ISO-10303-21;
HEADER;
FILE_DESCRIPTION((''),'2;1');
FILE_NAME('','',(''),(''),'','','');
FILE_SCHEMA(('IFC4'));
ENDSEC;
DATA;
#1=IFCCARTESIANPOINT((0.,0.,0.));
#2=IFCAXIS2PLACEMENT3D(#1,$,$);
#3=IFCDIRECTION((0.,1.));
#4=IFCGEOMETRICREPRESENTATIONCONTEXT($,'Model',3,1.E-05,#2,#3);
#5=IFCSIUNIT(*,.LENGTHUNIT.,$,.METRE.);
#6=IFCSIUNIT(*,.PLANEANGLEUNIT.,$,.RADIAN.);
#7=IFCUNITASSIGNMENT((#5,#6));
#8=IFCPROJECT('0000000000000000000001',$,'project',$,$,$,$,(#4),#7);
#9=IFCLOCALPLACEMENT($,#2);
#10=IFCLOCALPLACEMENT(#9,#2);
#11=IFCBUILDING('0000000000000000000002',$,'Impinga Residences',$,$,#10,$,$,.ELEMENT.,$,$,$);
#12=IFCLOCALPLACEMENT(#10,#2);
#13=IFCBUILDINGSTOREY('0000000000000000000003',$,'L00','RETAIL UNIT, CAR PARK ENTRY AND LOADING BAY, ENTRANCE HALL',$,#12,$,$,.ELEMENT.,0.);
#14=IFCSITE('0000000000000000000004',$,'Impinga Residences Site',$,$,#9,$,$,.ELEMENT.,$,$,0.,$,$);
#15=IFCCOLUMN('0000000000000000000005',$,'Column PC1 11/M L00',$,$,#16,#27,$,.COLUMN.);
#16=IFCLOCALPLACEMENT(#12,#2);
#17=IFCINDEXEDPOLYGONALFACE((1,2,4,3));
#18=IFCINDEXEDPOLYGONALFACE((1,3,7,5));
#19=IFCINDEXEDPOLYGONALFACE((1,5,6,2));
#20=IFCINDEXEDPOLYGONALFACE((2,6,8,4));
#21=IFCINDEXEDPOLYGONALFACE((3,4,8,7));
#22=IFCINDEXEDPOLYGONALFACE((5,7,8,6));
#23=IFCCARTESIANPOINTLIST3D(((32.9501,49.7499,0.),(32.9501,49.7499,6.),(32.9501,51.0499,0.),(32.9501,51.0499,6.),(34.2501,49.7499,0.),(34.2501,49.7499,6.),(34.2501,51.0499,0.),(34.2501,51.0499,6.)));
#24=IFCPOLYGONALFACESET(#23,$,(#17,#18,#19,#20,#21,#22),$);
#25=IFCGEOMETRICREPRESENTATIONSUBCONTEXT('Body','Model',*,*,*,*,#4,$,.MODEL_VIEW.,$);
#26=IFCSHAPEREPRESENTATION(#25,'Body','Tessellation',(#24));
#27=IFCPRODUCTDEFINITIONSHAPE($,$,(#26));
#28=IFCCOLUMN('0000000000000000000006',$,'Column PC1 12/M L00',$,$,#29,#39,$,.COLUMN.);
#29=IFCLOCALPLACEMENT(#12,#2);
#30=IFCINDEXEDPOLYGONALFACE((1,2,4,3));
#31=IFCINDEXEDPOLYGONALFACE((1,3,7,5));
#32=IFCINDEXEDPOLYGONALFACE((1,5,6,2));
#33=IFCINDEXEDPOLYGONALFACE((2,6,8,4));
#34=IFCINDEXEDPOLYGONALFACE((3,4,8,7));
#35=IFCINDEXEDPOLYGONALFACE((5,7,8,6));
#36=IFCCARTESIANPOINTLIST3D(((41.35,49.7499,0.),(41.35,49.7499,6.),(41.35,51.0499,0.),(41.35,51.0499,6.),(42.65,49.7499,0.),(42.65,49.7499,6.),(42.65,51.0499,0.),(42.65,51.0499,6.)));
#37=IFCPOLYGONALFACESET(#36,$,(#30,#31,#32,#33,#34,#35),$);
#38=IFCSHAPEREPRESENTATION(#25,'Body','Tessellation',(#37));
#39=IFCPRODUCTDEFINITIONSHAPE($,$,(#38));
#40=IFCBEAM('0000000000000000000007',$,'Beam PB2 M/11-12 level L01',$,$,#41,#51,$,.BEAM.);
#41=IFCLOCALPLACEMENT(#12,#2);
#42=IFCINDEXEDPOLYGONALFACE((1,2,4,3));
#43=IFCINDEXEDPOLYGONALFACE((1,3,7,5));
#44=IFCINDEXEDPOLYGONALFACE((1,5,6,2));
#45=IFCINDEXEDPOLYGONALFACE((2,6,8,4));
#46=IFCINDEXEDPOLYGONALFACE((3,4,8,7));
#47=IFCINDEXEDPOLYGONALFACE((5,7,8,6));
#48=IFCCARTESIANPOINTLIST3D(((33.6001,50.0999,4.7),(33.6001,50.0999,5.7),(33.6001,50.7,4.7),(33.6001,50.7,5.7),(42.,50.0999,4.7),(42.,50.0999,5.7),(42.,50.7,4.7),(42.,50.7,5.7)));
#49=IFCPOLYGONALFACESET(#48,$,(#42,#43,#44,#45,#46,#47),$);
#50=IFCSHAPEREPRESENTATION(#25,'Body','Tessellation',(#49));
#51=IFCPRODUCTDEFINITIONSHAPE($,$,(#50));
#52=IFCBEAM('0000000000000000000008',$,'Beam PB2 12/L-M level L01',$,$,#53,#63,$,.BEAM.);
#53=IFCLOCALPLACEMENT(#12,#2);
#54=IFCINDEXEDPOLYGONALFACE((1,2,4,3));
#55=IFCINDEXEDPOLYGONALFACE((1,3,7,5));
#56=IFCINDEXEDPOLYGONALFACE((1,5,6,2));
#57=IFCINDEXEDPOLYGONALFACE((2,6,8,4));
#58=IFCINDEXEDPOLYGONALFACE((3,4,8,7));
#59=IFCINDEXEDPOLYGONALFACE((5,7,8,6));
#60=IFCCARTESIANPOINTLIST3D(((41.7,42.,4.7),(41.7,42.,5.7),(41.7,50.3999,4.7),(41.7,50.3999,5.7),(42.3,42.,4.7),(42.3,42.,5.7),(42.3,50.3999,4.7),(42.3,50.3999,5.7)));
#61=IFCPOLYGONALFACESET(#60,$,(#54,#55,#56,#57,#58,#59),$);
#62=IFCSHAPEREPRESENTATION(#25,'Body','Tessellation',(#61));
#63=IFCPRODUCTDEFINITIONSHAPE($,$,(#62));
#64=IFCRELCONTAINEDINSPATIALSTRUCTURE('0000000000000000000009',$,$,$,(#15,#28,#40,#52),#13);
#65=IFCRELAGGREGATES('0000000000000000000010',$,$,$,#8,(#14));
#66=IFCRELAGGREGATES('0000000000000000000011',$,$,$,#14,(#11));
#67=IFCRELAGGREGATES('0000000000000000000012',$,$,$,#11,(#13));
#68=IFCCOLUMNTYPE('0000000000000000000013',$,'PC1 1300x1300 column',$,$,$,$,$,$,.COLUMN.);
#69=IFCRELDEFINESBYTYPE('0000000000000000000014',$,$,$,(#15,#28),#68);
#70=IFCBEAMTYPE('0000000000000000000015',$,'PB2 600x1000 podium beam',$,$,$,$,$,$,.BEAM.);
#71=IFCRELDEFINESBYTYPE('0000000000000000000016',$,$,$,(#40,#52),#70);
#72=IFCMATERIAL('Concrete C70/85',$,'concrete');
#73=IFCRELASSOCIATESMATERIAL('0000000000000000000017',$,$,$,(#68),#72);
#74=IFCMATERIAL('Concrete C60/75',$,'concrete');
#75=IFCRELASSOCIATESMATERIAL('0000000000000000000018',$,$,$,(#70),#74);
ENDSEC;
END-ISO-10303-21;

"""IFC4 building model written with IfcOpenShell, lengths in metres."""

from ifc_helpers import new_model, si_unit, direction, frame, origin, origin_2d, place, context, subcontext, project, spatial, rectangle, extrude, material, material_profile, profile_set, type_object, element, save


model = new_model("IFC4")

# Units and contexts
model_context = context("Model", 3, precision=1e-05, world=origin(), true_north=direction((0.0, 1.0)))
body_context = subcontext(model_context, "Body", "Model", "MODEL_VIEW")
ifc_project = project(units=[si_unit("LENGTHUNIT", "METRE"), si_unit("PLANEANGLEUNIT", "RADIAN")], contexts=[model_context])

# Site, building, storey
site_placement = place(None, origin())
site = spatial("IfcSite", under=ifc_project, at=site_placement, Name="Impinga Residences Site", CompositionType="ELEMENT", RefElevation=0.0)
building_placement = place(site_placement, origin())
building = spatial("IfcBuilding", under=site, at=building_placement, Name="Impinga Residences", CompositionType="ELEMENT")
storey_placement = place(building_placement, origin())
storey = spatial("IfcBuildingStorey", under=building, at=storey_placement, Name="L00", Description="RETAIL UNIT, CAR PARK ENTRY AND LOADING BAY, ENTRANCE HALL", CompositionType="ELEMENT", Elevation=0.0)

# Columns
ifc_material_1 = material(Name="Concrete C70/85", Category="concrete")
ifc_material_profile_1 = material_profile(ifc_material_1, rectangle(XDim=1.3, YDim=1.3, at=origin_2d()), Name="RC 1300x1300")
ifc_profile_set_1 = profile_set([ifc_material_profile_1], Name="Concrete C70/85")
column_type = type_object("IfcColumnType", Name="PC1 1300x1300 column", PredefinedType="COLUMN", material=ifc_profile_set_1)
for number, where, z_axis, x_axis, name in (
    (1, (33.6001, 50.3999, 0.0), (0.0, 0.0, 1.0), (1.0, 0.0, 0.0), "Column PC1 11/M L00"),
    (2, (42.0, 50.3999, 0.0), (0.0, 0.0, 1.0), (1.0, 0.0, 0.0), "Column PC1 12/M L00"),
):
    element("IfcColumn", number, at=place(storey_placement, frame(where, z_axis=z_axis, x_axis=x_axis)), inside=storey, type_object=column_type, Name=name, PredefinedType="COLUMN", context=body_context, shape_type="SweptSolid", body=[
        extrude(rectangle(XDim=1.3, YDim=1.3, at=origin_2d()), origin(), (0.0, 0.0, 1.0), 6.0),
    ])

# Beams
ifc_material_2 = material(Name="Concrete C60/75", Category="concrete")
ifc_material_profile_2 = material_profile(ifc_material_2, rectangle(XDim=0.6001, YDim=1.0, at=origin_2d()), Name="RC 600x1000")
ifc_profile_set_2 = profile_set([ifc_material_profile_2], Name="Concrete C60/75")
beam_type = type_object("IfcBeamType", Name="PB2 600x1000 podium beam", PredefinedType="BEAM", material=ifc_profile_set_2)
for number, where, z_axis, x_axis, name in (
    (3, (33.6001, 50.3999, 5.2), (1.0, 0.0, 0.0), (0.0, 1.0, 0.0), "Beam PB2 M/11-12 level L01"),
    (4, (42.0, 42.0, 5.2), (0.0, 1.0, 0.0), (-1.0, 0.0, 0.0), "Beam PB2 12/L-M level L01"),
):
    element("IfcBeam", number, at=place(storey_placement, frame(where, z_axis=z_axis, x_axis=x_axis)), inside=storey, type_object=beam_type, Name=name, PredefinedType="BEAM", context=body_context, shape_type="SweptSolid", body=[
        extrude(rectangle(XDim=0.6001, YDim=1.0, at=origin_2d()), origin(), (0.0, 0.0, 1.0), 8.3999),
    ])

save(model, "model.ifc")
